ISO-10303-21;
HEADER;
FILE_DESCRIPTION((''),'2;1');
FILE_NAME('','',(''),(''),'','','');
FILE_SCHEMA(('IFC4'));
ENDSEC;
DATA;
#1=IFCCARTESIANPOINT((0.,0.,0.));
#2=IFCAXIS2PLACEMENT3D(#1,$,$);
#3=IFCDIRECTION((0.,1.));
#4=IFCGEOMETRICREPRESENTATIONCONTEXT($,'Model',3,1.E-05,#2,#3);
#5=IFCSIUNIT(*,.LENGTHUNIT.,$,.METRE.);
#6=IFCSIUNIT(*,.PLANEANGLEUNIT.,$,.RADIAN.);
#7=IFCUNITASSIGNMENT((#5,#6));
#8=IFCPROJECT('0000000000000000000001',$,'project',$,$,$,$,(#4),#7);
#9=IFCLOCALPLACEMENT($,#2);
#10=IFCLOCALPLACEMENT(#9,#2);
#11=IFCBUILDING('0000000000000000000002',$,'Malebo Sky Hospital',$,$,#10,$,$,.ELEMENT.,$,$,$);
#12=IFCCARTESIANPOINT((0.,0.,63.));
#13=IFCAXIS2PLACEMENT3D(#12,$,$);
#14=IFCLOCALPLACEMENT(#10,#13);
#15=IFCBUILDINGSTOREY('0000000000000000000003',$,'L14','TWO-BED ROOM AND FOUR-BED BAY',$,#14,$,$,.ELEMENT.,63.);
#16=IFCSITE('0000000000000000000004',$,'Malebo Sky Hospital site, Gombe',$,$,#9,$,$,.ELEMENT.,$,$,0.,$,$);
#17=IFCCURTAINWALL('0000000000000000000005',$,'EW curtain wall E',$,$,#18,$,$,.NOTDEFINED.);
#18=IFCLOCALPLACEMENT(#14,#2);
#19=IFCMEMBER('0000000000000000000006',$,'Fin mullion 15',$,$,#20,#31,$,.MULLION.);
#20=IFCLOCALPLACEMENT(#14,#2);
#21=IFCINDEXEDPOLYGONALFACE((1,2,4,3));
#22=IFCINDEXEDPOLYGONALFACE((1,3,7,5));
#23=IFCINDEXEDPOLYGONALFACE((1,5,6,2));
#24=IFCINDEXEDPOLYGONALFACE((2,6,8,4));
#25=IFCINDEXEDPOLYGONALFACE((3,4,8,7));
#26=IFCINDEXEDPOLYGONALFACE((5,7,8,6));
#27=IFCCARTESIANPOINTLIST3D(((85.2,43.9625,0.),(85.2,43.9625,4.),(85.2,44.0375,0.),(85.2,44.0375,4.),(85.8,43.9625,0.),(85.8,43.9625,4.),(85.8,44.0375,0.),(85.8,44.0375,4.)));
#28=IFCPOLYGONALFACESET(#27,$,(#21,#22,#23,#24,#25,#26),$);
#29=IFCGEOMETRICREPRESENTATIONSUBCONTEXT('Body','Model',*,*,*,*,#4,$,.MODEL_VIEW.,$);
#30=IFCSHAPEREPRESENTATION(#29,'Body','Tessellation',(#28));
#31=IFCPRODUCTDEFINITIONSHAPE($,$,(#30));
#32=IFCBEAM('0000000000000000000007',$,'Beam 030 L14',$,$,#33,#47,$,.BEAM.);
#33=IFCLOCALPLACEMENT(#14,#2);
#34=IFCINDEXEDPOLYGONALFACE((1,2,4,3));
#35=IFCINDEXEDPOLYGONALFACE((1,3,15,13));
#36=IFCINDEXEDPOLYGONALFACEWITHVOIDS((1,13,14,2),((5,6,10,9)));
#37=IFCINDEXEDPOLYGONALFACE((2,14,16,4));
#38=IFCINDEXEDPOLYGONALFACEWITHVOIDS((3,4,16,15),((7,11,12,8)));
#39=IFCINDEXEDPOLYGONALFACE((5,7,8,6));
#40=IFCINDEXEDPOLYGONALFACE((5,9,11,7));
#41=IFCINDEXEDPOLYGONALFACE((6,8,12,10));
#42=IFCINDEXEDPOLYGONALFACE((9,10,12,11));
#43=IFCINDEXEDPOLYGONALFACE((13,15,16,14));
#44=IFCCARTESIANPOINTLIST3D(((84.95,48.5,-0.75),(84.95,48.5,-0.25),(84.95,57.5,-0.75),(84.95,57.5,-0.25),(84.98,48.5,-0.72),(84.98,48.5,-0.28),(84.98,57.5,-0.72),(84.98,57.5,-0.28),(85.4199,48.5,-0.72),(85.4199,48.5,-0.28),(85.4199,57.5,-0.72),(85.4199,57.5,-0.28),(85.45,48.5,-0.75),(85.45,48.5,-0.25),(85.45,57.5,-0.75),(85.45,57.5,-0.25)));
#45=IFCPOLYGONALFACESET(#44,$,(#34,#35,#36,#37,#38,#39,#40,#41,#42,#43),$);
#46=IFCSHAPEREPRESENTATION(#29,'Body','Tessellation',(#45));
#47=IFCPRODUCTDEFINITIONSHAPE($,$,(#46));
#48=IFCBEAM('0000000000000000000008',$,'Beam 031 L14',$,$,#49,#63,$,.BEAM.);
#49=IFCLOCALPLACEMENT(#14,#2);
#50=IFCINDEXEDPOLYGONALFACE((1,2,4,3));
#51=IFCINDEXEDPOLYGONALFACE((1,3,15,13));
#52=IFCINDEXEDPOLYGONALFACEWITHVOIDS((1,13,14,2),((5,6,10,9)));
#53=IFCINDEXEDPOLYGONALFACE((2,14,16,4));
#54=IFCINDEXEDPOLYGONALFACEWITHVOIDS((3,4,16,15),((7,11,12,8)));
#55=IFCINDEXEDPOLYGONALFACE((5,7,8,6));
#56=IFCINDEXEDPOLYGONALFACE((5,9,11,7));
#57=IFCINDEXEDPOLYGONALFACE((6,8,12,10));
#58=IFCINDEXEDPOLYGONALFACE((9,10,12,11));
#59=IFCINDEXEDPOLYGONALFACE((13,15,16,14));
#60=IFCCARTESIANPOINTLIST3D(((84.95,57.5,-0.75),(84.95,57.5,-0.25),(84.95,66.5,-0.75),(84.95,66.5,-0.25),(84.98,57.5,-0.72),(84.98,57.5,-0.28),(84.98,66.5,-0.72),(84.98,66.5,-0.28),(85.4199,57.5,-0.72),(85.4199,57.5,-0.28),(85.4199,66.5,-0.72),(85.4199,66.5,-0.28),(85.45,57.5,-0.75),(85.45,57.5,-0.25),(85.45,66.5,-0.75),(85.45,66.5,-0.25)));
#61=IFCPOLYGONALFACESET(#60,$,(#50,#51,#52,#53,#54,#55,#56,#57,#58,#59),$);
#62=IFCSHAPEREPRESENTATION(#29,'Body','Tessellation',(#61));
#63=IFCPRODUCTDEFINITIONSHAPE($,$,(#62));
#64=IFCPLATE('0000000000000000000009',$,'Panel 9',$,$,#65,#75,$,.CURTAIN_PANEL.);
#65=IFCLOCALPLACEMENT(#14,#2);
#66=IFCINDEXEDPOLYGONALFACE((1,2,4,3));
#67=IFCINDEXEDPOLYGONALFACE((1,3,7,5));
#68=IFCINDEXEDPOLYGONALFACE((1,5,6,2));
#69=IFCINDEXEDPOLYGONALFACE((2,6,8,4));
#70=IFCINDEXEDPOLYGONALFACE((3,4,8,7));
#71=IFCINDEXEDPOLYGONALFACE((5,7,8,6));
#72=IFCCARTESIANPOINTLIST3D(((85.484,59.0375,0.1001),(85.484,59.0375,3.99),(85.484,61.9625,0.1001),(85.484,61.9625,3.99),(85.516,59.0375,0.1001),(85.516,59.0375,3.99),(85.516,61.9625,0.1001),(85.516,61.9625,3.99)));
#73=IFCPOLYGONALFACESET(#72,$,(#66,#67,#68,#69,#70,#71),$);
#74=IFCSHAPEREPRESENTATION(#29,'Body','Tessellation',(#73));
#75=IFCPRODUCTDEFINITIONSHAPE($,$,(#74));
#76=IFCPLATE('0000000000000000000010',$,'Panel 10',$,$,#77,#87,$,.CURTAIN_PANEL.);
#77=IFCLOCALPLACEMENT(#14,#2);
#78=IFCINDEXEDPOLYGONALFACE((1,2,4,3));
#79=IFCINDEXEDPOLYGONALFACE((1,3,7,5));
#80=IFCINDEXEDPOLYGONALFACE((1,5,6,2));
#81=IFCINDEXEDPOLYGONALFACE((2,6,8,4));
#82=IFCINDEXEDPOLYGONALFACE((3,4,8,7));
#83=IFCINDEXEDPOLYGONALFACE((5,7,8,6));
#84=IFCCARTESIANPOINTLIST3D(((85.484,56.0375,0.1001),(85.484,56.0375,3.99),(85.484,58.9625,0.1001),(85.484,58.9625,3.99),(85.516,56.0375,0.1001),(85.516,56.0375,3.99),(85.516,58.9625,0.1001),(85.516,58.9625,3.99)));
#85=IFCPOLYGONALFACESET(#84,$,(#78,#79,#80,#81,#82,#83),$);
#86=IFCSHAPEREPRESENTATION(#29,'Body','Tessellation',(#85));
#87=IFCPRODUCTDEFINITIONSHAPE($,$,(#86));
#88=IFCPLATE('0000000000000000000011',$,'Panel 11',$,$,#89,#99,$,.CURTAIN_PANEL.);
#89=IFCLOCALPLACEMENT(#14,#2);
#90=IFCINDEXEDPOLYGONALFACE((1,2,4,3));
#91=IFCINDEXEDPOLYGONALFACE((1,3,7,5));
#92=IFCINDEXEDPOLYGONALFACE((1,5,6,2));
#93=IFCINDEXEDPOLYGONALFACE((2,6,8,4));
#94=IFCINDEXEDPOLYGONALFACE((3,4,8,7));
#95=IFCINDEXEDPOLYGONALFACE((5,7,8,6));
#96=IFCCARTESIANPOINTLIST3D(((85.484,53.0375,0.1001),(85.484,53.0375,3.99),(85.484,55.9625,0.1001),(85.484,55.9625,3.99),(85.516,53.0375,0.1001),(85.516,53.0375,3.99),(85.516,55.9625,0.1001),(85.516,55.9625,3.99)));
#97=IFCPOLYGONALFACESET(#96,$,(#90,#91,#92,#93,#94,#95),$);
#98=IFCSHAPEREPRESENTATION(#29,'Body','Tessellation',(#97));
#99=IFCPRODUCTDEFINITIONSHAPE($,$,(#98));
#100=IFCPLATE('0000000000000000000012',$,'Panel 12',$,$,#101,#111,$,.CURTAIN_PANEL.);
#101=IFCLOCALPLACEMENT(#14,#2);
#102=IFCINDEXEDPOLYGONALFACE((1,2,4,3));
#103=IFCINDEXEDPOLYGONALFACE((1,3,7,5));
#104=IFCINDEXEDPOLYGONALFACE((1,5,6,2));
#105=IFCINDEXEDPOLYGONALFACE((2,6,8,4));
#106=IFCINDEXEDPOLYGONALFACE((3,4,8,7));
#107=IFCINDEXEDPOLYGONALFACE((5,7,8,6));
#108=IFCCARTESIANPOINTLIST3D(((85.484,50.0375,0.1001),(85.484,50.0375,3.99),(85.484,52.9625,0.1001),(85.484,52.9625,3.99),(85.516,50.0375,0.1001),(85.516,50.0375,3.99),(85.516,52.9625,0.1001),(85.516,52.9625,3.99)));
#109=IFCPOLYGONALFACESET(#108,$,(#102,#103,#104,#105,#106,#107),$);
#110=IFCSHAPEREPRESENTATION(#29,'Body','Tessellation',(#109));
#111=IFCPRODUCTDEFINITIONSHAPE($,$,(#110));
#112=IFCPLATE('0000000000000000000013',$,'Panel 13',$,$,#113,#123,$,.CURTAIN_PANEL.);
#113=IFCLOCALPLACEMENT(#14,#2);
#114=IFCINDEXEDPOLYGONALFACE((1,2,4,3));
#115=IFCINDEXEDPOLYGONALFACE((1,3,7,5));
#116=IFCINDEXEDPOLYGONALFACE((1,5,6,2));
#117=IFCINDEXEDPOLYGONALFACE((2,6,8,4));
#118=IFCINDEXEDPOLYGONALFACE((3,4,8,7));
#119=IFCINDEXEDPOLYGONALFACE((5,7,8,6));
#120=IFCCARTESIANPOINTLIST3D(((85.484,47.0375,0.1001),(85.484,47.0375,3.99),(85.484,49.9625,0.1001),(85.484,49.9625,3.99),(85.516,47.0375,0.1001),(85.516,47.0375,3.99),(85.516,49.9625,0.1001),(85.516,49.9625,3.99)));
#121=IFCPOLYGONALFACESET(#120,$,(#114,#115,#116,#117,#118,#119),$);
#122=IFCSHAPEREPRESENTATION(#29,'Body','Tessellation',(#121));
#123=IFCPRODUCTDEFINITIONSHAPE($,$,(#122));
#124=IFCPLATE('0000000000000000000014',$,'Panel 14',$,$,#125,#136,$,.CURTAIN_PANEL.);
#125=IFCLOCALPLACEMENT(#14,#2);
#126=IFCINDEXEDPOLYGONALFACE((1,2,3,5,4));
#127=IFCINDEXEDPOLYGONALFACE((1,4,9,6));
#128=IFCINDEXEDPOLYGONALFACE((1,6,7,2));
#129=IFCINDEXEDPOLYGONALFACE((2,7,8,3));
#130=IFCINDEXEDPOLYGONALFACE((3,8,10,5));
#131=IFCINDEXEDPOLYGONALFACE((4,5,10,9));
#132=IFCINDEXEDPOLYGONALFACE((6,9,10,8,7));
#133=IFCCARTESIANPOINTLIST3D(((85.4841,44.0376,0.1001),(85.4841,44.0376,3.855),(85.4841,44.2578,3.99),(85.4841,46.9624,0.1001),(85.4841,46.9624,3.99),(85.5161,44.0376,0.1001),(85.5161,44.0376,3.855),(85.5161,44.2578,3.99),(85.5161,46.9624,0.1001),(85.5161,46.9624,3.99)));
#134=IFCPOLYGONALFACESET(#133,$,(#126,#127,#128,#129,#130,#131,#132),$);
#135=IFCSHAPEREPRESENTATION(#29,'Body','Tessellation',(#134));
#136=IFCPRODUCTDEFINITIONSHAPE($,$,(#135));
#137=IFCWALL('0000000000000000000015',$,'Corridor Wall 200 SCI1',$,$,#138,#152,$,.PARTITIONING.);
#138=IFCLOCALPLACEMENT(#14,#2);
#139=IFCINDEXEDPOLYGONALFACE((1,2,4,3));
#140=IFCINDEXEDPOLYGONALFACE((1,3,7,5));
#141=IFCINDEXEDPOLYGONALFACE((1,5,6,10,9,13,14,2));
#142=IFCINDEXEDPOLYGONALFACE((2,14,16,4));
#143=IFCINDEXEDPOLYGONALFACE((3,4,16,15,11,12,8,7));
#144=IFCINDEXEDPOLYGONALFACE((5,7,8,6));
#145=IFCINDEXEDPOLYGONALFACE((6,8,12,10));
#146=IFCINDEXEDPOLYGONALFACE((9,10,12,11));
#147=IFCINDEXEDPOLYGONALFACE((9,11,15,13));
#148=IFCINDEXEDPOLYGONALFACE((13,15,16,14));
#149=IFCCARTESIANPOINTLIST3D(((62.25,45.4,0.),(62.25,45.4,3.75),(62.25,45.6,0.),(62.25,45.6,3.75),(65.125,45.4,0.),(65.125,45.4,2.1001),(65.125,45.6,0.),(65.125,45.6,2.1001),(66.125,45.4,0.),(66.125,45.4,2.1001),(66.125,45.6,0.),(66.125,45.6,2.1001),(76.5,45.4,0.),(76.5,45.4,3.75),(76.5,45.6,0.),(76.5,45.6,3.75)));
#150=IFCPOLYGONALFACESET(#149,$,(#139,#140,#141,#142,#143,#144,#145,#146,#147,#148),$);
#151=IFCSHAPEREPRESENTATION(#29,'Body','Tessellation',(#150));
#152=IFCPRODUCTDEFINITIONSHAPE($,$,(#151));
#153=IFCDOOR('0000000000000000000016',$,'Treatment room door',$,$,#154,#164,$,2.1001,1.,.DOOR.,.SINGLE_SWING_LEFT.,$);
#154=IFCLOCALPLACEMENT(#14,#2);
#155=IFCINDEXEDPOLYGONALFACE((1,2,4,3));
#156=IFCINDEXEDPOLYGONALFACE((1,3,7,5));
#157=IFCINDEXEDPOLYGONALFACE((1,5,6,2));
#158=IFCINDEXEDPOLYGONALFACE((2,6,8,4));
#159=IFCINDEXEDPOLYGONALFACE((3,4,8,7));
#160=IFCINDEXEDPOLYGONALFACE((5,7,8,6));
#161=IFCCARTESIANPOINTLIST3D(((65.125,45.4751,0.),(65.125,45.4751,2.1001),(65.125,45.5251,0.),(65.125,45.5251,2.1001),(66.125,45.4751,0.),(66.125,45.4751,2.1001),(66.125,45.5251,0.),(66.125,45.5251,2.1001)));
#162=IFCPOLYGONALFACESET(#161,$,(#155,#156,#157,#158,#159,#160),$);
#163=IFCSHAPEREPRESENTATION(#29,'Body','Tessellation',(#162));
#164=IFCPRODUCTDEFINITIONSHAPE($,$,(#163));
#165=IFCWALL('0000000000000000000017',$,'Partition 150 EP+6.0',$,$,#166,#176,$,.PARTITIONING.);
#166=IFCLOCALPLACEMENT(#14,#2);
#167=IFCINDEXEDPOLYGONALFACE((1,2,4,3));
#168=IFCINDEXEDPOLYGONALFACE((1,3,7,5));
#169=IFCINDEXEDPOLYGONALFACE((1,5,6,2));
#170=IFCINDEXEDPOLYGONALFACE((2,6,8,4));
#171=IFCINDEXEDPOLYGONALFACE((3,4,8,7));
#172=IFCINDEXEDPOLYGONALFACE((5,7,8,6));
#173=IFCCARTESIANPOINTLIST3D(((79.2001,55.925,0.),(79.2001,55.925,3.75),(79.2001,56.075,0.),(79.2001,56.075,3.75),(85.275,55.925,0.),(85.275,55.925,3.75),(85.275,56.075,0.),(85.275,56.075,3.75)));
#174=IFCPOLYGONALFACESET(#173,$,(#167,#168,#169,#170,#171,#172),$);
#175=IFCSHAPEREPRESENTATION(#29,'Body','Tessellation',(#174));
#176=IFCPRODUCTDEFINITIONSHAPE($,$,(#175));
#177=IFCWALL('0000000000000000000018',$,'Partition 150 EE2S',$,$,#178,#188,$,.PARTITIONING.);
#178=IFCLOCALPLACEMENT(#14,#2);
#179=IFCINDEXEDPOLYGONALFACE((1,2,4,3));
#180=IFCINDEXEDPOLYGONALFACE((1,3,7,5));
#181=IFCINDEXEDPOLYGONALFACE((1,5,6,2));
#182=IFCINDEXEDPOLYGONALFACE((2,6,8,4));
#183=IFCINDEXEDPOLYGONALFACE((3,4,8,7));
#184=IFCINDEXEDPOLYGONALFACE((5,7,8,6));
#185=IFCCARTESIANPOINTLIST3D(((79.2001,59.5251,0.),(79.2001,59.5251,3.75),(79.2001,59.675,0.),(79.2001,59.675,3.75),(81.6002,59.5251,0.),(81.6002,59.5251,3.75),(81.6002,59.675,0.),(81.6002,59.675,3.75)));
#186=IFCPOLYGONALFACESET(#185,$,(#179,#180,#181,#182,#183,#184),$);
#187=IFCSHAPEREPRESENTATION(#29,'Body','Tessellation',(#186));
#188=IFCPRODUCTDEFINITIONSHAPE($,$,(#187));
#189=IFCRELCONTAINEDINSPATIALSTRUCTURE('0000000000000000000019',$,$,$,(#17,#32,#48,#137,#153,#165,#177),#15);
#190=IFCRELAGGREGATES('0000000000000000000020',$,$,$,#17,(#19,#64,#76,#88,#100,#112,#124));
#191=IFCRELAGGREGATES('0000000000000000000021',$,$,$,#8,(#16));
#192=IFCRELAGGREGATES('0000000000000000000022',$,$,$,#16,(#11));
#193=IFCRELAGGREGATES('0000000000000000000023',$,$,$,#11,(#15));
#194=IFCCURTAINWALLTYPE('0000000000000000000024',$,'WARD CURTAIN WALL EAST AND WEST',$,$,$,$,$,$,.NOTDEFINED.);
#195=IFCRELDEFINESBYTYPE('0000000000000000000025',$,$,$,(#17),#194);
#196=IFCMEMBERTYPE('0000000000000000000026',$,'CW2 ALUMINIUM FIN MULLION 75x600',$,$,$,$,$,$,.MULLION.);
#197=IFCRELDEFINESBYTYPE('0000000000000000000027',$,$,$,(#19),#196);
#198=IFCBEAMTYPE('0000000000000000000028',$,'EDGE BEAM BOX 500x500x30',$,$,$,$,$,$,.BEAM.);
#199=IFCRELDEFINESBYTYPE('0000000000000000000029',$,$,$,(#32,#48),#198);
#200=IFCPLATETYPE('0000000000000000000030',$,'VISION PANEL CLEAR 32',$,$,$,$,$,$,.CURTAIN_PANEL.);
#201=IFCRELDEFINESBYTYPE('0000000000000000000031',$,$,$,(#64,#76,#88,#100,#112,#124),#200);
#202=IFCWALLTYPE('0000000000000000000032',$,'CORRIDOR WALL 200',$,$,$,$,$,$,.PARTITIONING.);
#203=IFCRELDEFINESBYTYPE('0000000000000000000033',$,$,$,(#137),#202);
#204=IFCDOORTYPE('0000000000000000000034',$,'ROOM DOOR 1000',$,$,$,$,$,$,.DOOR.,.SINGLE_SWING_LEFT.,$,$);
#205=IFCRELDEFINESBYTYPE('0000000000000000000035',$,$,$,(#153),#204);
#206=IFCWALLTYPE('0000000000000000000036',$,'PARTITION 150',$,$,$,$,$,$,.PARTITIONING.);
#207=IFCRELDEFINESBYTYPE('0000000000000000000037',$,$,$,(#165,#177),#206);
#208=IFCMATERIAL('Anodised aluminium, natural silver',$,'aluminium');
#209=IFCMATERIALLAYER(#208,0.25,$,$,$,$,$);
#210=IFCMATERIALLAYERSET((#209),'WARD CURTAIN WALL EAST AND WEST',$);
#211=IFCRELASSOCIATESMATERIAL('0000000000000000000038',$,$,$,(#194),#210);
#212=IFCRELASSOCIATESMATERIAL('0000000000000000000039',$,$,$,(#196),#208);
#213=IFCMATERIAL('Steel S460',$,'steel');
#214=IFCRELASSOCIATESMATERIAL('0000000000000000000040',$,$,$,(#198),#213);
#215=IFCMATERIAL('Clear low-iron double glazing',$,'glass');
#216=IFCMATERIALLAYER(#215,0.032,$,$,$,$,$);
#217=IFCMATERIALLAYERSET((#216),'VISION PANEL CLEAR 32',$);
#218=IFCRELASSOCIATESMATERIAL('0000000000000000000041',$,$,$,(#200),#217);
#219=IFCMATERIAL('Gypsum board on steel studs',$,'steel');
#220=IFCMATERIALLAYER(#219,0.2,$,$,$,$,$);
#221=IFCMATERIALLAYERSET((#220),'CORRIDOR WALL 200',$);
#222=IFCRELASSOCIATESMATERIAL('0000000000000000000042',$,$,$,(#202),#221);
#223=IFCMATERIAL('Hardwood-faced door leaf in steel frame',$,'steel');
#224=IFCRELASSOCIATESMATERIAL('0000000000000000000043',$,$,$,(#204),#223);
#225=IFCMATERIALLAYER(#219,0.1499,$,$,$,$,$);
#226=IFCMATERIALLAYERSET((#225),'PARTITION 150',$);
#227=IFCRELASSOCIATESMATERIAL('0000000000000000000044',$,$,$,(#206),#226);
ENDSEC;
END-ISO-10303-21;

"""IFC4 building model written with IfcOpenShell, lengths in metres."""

from ifc_helpers import new_model, si_unit, direction, frame, frame_2d, origin, origin_2d, place, context, subcontext, project, spatial, polyline, rectangle, hollow_rectangle, outline, extrude, material, layer, layer_set, material_profile, profile_set, type_object, element, fill, aggregate, save


model = new_model("IFC4")

# Units and contexts
model_context = context("Model", 3, precision=1e-05, world=origin(), true_north=direction((0.0, 1.0)))
body_context = subcontext(model_context, "Body", "Model", "MODEL_VIEW")
ifc_project = project(units=[si_unit("LENGTHUNIT", "METRE"), si_unit("PLANEANGLEUNIT", "RADIAN")], contexts=[model_context])

# Site, building, storey
site_placement = place(None, origin())
site = spatial("IfcSite", under=ifc_project, at=site_placement, Name="Malebo Sky Hospital site, Gombe", CompositionType="ELEMENT", RefElevation=0.0)
building_placement = place(site_placement, origin())
building = spatial("IfcBuilding", under=site, at=building_placement, Name="Malebo Sky Hospital", CompositionType="ELEMENT")
storey_placement = place(building_placement, frame((0.0, 0.0, 63.0)))
storey = spatial("IfcBuildingStorey", under=building, at=storey_placement, Name="L14", Description="TWO-BED ROOM AND FOUR-BED BAY", CompositionType="ELEMENT", Elevation=63.0)

# Shared definitions
ifc_material_1 = material(Name="Steel S460", Category="steel")

# Curtain wall, member
ifc_material_2 = material(Name="Anodised aluminium, natural silver", Category="aluminium")
ifc_layer_1 = layer(ifc_material_2, 0.25)
ifc_layer_set_1 = layer_set([ifc_layer_1], Name="WARD CURTAIN WALL EAST AND WEST")
curtain_wall_type = type_object("IfcCurtainWallType", Name="WARD CURTAIN WALL EAST AND WEST", PredefinedType="NOTDEFINED", material=ifc_layer_set_1)
curtain_wall_placement = place(storey_placement, origin())
curtain_wall = element("IfcCurtainWall", 1, at=curtain_wall_placement, inside=storey, type_object=curtain_wall_type, Name="EW curtain wall E", PredefinedType="NOTDEFINED")
ifc_material_profile_1 = material_profile(ifc_material_2, rectangle(XDim=0.075, YDim=0.6001, at=origin_2d()), Name="CW2 ALUMINIUM FIN MULLION 75x600")
ifc_profile_set_1 = profile_set([ifc_material_profile_1], Name="Anodised aluminium, natural silver")
member_type_1 = type_object("IfcMemberType", Name="CW2 ALUMINIUM FIN MULLION 75x600", PredefinedType="MULLION", material=ifc_profile_set_1)
member_1_placement = place(storey_placement, frame((85.5, 44.0, 0.0), z_axis=(0.0, 0.0, 1.0), x_axis=(0.0, -1.0, 0.0)))
member_1 = element("IfcMember", 2, at=member_1_placement, type_object=member_type_1, Name="Fin mullion 15", PredefinedType="MULLION", context=body_context, shape_type="SweptSolid", body=[
    extrude(rectangle(XDim=0.075, YDim=0.6001, at=origin_2d()), origin(), (0.0, 0.0, 1.0), 4.0),
])

# Beams
ifc_material_profile_2 = material_profile(ifc_material_1, hollow_rectangle(XDim=0.5, YDim=0.5, WallThickness=0.03, at=origin_2d()), Name="BOX 500x500x30")
ifc_profile_set_2 = profile_set([ifc_material_profile_2], Name="Steel S460")
beam_type = type_object("IfcBeamType", Name="EDGE BEAM BOX 500x500x30", PredefinedType="BEAM", material=ifc_profile_set_2)
for number, where, z_axis, x_axis, name in (
    (3, (85.2, 48.5, -0.5), (0.0, 1.0, 0.0), (-1.0, 0.0, 0.0), "Beam 030 L14"),
    (4, (85.2, 57.5, -0.5), (0.0, 1.0, 0.0), (-1.0, 0.0, 0.0), "Beam 031 L14"),
):
    element("IfcBeam", number, at=place(storey_placement, frame(where, z_axis=z_axis, x_axis=x_axis)), inside=storey, type_object=beam_type, Name=name, PredefinedType="BEAM", context=body_context, shape_type="SweptSolid", body=[
        extrude(hollow_rectangle(XDim=0.5, YDim=0.5, WallThickness=0.03, at=origin_2d()), origin(), (0.0, 0.0, 1.0), 9.0),
    ])

# Plates
ifc_material_3 = material(Name="Clear low-iron double glazing", Category="glass")
ifc_layer_2 = layer(ifc_material_3, 0.032)
ifc_layer_set_2 = layer_set([ifc_layer_2], Name="VISION PANEL CLEAR 32")
plate_type = type_object("IfcPlateType", Name="VISION PANEL CLEAR 32", PredefinedType="CURTAIN_PANEL", material=ifc_layer_set_2)
plate_1_placement = place(storey_placement, frame((85.5, 60.5, 0.1001), z_axis=(0.0, 0.0, 1.0), x_axis=(0.0, -1.0, 0.0)))
plate_1 = element("IfcPlate", 5, at=plate_1_placement, type_object=plate_type, Name="Panel 9", PredefinedType="CURTAIN_PANEL", context=body_context, shape_type="SweptSolid", body=[
    extrude(rectangle(XDim=2.925, YDim=0.032, at=origin_2d()), origin(), (0.0, 0.0, 1.0), 3.8899),
])
plate_2_placement = place(storey_placement, frame((85.5, 57.5, 0.1001), z_axis=(0.0, 0.0, 1.0), x_axis=(0.0, -1.0, 0.0)))
plate_2 = element("IfcPlate", 6, at=plate_2_placement, type_object=plate_type, Name="Panel 10", PredefinedType="CURTAIN_PANEL", context=body_context, shape_type="SweptSolid", body=[
    extrude(rectangle(XDim=2.925, YDim=0.032, at=origin_2d()), origin(), (0.0, 0.0, 1.0), 3.8899),
])
plate_3_placement = place(storey_placement, frame((85.5, 54.5, 0.1001), z_axis=(0.0, 0.0, 1.0), x_axis=(0.0, -1.0, 0.0)))
plate_3 = element("IfcPlate", 7, at=plate_3_placement, type_object=plate_type, Name="Panel 11", PredefinedType="CURTAIN_PANEL", context=body_context, shape_type="SweptSolid", body=[
    extrude(rectangle(XDim=2.925, YDim=0.032, at=origin_2d()), origin(), (0.0, 0.0, 1.0), 3.8899),
])
plate_4_placement = place(storey_placement, frame((85.5, 51.5, 0.1001), z_axis=(0.0, 0.0, 1.0), x_axis=(0.0, -1.0, 0.0)))
plate_4 = element("IfcPlate", 8, at=plate_4_placement, type_object=plate_type, Name="Panel 12", PredefinedType="CURTAIN_PANEL", context=body_context, shape_type="SweptSolid", body=[
    extrude(rectangle(XDim=2.925, YDim=0.032, at=origin_2d()), origin(), (0.0, 0.0, 1.0), 3.8899),
])
plate_5_placement = place(storey_placement, frame((85.5, 48.5, 0.1001), z_axis=(0.0, 0.0, 1.0), x_axis=(0.0, -1.0, 0.0)))
plate_5 = element("IfcPlate", 9, at=plate_5_placement, type_object=plate_type, Name="Panel 13", PredefinedType="CURTAIN_PANEL", context=body_context, shape_type="SweptSolid", body=[
    extrude(rectangle(XDim=2.925, YDim=0.032, at=origin_2d()), origin(), (0.0, 0.0, 1.0), 3.8899),
])
plate_6_placement = place(storey_placement, frame((85.5, 45.5, 0.1001), z_axis=(0.0, 0.0, 1.0), x_axis=(0.0, -1.0, 0.0)))
plate_6 = element("IfcPlate", 10, at=plate_6_placement, type_object=plate_type, Name="Panel 14", PredefinedType="CURTAIN_PANEL", context=body_context, shape_type="SweptSolid", body=[
    extrude(outline(polyline([(-1.4624, 0.0), (1.4624, 0.0), (1.4624, 3.7549), (1.2422, 3.8899), (-1.4624, 3.8899), (-1.4624, 0.0)])), frame((0.0, 0.0161, 0.0), z_axis=(0.0, -1.0, 0.0), x_axis=(1.0, 0.0, 0.0)), (0.0, 0.0, 1.0), 0.032),
])
aggregate(curtain_wall, [member_1, plate_1, plate_2, plate_3, plate_4, plate_5, plate_6])

# Wall, opening, door
ifc_material_4 = material(Name="Gypsum board on steel studs", Category="steel")
ifc_layer_3 = layer(ifc_material_4, 0.2)
ifc_layer_set_3 = layer_set([ifc_layer_3], Name="CORRIDOR WALL 200")
wall_type_1 = type_object("IfcWallType", Name="CORRIDOR WALL 200", PredefinedType="PARTITIONING", material=ifc_layer_set_3)
wall_1_placement = place(storey_placement, frame((76.5, 45.5, 0.0), z_axis=(0.0, 0.0, 1.0), x_axis=(-1.0, 0.0, 0.0)))
wall_1 = element("IfcWall", 11, at=wall_1_placement, inside=storey, type_object=wall_type_1, Name="Corridor Wall 200 SCI1", PredefinedType="PARTITIONING", context=body_context, shape_type="SweptSolid", body=[
    extrude(rectangle(XDim=14.25, YDim=0.2, at=frame_2d((7.125, 0.0))), origin(), (0.0, 0.0, 1.0), 3.75),
])
opening_1_placement = place(wall_1_placement, frame((10.375, 0.0, 0.0)))
opening_1 = element("IfcOpeningElement", 12, at=opening_1_placement, cuts=wall_1, PredefinedType="OPENING", context=body_context, shape_type="SweptSolid", body=[
    extrude(rectangle(XDim=1.0, YDim=2.1001, at=frame_2d((0.5, 1.05))), frame((0.0, 0.1099, 0.0), z_axis=(0.0, -1.0, 0.0), x_axis=(1.0, 0.0, 0.0)), (0.0, 0.0, 1.0), 0.22),
])
ifc_material_5 = material(Name="Hardwood-faced door leaf in steel frame", Category="steel")
door_type_1 = type_object("IfcDoorType", Name="ROOM DOOR 1000", OperationType="SINGLE_SWING_LEFT", PredefinedType="DOOR", material=ifc_material_5)
door_1_placement = place(opening_1_placement, origin())
door_1 = element("IfcDoor", 13, at=door_1_placement, inside=storey, type_object=door_type_1, Name="Treatment room door", OperationType="SINGLE_SWING_LEFT", OverallHeight=2.1001, OverallWidth=1.0, PredefinedType="DOOR", context=body_context, shape_type="SweptSolid", body=[
    extrude(rectangle(XDim=1.0, YDim=2.1001, at=frame_2d((0.5, 1.05))), frame((0.0, 0.0249, 0.0), z_axis=(0.0, -1.0, 0.0), x_axis=(1.0, 0.0, 0.0)), (0.0, 0.0, 1.0), 0.05),
])
fill(opening_1, door_1)

# Walls
ifc_layer_4 = layer(ifc_material_4, 0.1499)
ifc_layer_set_4 = layer_set([ifc_layer_4], Name="PARTITION 150")
wall_type_2 = type_object("IfcWallType", Name="PARTITION 150", PredefinedType="PARTITIONING", material=ifc_layer_set_4)
wall_2_placement = place(storey_placement, frame((79.2, 56.0, 0.0), z_axis=(0.0, 0.0, 1.0), x_axis=(1.0, 0.0, 0.0)))
element("IfcWall", 14, at=wall_2_placement, inside=storey, type_object=wall_type_2, Name="Partition 150 EP+6.0", PredefinedType="PARTITIONING", context=body_context, shape_type="SweptSolid", body=[
    extrude(rectangle(XDim=6.075, YDim=0.1499, at=frame_2d((3.0376, 0.0))), origin(), (0.0, 0.0, 1.0), 3.75),
])
wall_3_placement = place(storey_placement, frame((79.2, 59.6001, 0.0), z_axis=(0.0, 0.0, 1.0), x_axis=(1.0, 0.0, 0.0)))
element("IfcWall", 15, at=wall_3_placement, inside=storey, type_object=wall_type_2, Name="Partition 150 EE2S", PredefinedType="PARTITIONING", context=body_context, shape_type="SweptSolid", body=[
    extrude(rectangle(XDim=2.4001, YDim=0.1499, at=frame_2d((1.2002, 0.0))), origin(), (0.0, 0.0, 1.0), 3.75),
])

save(model, "model.ifc")
